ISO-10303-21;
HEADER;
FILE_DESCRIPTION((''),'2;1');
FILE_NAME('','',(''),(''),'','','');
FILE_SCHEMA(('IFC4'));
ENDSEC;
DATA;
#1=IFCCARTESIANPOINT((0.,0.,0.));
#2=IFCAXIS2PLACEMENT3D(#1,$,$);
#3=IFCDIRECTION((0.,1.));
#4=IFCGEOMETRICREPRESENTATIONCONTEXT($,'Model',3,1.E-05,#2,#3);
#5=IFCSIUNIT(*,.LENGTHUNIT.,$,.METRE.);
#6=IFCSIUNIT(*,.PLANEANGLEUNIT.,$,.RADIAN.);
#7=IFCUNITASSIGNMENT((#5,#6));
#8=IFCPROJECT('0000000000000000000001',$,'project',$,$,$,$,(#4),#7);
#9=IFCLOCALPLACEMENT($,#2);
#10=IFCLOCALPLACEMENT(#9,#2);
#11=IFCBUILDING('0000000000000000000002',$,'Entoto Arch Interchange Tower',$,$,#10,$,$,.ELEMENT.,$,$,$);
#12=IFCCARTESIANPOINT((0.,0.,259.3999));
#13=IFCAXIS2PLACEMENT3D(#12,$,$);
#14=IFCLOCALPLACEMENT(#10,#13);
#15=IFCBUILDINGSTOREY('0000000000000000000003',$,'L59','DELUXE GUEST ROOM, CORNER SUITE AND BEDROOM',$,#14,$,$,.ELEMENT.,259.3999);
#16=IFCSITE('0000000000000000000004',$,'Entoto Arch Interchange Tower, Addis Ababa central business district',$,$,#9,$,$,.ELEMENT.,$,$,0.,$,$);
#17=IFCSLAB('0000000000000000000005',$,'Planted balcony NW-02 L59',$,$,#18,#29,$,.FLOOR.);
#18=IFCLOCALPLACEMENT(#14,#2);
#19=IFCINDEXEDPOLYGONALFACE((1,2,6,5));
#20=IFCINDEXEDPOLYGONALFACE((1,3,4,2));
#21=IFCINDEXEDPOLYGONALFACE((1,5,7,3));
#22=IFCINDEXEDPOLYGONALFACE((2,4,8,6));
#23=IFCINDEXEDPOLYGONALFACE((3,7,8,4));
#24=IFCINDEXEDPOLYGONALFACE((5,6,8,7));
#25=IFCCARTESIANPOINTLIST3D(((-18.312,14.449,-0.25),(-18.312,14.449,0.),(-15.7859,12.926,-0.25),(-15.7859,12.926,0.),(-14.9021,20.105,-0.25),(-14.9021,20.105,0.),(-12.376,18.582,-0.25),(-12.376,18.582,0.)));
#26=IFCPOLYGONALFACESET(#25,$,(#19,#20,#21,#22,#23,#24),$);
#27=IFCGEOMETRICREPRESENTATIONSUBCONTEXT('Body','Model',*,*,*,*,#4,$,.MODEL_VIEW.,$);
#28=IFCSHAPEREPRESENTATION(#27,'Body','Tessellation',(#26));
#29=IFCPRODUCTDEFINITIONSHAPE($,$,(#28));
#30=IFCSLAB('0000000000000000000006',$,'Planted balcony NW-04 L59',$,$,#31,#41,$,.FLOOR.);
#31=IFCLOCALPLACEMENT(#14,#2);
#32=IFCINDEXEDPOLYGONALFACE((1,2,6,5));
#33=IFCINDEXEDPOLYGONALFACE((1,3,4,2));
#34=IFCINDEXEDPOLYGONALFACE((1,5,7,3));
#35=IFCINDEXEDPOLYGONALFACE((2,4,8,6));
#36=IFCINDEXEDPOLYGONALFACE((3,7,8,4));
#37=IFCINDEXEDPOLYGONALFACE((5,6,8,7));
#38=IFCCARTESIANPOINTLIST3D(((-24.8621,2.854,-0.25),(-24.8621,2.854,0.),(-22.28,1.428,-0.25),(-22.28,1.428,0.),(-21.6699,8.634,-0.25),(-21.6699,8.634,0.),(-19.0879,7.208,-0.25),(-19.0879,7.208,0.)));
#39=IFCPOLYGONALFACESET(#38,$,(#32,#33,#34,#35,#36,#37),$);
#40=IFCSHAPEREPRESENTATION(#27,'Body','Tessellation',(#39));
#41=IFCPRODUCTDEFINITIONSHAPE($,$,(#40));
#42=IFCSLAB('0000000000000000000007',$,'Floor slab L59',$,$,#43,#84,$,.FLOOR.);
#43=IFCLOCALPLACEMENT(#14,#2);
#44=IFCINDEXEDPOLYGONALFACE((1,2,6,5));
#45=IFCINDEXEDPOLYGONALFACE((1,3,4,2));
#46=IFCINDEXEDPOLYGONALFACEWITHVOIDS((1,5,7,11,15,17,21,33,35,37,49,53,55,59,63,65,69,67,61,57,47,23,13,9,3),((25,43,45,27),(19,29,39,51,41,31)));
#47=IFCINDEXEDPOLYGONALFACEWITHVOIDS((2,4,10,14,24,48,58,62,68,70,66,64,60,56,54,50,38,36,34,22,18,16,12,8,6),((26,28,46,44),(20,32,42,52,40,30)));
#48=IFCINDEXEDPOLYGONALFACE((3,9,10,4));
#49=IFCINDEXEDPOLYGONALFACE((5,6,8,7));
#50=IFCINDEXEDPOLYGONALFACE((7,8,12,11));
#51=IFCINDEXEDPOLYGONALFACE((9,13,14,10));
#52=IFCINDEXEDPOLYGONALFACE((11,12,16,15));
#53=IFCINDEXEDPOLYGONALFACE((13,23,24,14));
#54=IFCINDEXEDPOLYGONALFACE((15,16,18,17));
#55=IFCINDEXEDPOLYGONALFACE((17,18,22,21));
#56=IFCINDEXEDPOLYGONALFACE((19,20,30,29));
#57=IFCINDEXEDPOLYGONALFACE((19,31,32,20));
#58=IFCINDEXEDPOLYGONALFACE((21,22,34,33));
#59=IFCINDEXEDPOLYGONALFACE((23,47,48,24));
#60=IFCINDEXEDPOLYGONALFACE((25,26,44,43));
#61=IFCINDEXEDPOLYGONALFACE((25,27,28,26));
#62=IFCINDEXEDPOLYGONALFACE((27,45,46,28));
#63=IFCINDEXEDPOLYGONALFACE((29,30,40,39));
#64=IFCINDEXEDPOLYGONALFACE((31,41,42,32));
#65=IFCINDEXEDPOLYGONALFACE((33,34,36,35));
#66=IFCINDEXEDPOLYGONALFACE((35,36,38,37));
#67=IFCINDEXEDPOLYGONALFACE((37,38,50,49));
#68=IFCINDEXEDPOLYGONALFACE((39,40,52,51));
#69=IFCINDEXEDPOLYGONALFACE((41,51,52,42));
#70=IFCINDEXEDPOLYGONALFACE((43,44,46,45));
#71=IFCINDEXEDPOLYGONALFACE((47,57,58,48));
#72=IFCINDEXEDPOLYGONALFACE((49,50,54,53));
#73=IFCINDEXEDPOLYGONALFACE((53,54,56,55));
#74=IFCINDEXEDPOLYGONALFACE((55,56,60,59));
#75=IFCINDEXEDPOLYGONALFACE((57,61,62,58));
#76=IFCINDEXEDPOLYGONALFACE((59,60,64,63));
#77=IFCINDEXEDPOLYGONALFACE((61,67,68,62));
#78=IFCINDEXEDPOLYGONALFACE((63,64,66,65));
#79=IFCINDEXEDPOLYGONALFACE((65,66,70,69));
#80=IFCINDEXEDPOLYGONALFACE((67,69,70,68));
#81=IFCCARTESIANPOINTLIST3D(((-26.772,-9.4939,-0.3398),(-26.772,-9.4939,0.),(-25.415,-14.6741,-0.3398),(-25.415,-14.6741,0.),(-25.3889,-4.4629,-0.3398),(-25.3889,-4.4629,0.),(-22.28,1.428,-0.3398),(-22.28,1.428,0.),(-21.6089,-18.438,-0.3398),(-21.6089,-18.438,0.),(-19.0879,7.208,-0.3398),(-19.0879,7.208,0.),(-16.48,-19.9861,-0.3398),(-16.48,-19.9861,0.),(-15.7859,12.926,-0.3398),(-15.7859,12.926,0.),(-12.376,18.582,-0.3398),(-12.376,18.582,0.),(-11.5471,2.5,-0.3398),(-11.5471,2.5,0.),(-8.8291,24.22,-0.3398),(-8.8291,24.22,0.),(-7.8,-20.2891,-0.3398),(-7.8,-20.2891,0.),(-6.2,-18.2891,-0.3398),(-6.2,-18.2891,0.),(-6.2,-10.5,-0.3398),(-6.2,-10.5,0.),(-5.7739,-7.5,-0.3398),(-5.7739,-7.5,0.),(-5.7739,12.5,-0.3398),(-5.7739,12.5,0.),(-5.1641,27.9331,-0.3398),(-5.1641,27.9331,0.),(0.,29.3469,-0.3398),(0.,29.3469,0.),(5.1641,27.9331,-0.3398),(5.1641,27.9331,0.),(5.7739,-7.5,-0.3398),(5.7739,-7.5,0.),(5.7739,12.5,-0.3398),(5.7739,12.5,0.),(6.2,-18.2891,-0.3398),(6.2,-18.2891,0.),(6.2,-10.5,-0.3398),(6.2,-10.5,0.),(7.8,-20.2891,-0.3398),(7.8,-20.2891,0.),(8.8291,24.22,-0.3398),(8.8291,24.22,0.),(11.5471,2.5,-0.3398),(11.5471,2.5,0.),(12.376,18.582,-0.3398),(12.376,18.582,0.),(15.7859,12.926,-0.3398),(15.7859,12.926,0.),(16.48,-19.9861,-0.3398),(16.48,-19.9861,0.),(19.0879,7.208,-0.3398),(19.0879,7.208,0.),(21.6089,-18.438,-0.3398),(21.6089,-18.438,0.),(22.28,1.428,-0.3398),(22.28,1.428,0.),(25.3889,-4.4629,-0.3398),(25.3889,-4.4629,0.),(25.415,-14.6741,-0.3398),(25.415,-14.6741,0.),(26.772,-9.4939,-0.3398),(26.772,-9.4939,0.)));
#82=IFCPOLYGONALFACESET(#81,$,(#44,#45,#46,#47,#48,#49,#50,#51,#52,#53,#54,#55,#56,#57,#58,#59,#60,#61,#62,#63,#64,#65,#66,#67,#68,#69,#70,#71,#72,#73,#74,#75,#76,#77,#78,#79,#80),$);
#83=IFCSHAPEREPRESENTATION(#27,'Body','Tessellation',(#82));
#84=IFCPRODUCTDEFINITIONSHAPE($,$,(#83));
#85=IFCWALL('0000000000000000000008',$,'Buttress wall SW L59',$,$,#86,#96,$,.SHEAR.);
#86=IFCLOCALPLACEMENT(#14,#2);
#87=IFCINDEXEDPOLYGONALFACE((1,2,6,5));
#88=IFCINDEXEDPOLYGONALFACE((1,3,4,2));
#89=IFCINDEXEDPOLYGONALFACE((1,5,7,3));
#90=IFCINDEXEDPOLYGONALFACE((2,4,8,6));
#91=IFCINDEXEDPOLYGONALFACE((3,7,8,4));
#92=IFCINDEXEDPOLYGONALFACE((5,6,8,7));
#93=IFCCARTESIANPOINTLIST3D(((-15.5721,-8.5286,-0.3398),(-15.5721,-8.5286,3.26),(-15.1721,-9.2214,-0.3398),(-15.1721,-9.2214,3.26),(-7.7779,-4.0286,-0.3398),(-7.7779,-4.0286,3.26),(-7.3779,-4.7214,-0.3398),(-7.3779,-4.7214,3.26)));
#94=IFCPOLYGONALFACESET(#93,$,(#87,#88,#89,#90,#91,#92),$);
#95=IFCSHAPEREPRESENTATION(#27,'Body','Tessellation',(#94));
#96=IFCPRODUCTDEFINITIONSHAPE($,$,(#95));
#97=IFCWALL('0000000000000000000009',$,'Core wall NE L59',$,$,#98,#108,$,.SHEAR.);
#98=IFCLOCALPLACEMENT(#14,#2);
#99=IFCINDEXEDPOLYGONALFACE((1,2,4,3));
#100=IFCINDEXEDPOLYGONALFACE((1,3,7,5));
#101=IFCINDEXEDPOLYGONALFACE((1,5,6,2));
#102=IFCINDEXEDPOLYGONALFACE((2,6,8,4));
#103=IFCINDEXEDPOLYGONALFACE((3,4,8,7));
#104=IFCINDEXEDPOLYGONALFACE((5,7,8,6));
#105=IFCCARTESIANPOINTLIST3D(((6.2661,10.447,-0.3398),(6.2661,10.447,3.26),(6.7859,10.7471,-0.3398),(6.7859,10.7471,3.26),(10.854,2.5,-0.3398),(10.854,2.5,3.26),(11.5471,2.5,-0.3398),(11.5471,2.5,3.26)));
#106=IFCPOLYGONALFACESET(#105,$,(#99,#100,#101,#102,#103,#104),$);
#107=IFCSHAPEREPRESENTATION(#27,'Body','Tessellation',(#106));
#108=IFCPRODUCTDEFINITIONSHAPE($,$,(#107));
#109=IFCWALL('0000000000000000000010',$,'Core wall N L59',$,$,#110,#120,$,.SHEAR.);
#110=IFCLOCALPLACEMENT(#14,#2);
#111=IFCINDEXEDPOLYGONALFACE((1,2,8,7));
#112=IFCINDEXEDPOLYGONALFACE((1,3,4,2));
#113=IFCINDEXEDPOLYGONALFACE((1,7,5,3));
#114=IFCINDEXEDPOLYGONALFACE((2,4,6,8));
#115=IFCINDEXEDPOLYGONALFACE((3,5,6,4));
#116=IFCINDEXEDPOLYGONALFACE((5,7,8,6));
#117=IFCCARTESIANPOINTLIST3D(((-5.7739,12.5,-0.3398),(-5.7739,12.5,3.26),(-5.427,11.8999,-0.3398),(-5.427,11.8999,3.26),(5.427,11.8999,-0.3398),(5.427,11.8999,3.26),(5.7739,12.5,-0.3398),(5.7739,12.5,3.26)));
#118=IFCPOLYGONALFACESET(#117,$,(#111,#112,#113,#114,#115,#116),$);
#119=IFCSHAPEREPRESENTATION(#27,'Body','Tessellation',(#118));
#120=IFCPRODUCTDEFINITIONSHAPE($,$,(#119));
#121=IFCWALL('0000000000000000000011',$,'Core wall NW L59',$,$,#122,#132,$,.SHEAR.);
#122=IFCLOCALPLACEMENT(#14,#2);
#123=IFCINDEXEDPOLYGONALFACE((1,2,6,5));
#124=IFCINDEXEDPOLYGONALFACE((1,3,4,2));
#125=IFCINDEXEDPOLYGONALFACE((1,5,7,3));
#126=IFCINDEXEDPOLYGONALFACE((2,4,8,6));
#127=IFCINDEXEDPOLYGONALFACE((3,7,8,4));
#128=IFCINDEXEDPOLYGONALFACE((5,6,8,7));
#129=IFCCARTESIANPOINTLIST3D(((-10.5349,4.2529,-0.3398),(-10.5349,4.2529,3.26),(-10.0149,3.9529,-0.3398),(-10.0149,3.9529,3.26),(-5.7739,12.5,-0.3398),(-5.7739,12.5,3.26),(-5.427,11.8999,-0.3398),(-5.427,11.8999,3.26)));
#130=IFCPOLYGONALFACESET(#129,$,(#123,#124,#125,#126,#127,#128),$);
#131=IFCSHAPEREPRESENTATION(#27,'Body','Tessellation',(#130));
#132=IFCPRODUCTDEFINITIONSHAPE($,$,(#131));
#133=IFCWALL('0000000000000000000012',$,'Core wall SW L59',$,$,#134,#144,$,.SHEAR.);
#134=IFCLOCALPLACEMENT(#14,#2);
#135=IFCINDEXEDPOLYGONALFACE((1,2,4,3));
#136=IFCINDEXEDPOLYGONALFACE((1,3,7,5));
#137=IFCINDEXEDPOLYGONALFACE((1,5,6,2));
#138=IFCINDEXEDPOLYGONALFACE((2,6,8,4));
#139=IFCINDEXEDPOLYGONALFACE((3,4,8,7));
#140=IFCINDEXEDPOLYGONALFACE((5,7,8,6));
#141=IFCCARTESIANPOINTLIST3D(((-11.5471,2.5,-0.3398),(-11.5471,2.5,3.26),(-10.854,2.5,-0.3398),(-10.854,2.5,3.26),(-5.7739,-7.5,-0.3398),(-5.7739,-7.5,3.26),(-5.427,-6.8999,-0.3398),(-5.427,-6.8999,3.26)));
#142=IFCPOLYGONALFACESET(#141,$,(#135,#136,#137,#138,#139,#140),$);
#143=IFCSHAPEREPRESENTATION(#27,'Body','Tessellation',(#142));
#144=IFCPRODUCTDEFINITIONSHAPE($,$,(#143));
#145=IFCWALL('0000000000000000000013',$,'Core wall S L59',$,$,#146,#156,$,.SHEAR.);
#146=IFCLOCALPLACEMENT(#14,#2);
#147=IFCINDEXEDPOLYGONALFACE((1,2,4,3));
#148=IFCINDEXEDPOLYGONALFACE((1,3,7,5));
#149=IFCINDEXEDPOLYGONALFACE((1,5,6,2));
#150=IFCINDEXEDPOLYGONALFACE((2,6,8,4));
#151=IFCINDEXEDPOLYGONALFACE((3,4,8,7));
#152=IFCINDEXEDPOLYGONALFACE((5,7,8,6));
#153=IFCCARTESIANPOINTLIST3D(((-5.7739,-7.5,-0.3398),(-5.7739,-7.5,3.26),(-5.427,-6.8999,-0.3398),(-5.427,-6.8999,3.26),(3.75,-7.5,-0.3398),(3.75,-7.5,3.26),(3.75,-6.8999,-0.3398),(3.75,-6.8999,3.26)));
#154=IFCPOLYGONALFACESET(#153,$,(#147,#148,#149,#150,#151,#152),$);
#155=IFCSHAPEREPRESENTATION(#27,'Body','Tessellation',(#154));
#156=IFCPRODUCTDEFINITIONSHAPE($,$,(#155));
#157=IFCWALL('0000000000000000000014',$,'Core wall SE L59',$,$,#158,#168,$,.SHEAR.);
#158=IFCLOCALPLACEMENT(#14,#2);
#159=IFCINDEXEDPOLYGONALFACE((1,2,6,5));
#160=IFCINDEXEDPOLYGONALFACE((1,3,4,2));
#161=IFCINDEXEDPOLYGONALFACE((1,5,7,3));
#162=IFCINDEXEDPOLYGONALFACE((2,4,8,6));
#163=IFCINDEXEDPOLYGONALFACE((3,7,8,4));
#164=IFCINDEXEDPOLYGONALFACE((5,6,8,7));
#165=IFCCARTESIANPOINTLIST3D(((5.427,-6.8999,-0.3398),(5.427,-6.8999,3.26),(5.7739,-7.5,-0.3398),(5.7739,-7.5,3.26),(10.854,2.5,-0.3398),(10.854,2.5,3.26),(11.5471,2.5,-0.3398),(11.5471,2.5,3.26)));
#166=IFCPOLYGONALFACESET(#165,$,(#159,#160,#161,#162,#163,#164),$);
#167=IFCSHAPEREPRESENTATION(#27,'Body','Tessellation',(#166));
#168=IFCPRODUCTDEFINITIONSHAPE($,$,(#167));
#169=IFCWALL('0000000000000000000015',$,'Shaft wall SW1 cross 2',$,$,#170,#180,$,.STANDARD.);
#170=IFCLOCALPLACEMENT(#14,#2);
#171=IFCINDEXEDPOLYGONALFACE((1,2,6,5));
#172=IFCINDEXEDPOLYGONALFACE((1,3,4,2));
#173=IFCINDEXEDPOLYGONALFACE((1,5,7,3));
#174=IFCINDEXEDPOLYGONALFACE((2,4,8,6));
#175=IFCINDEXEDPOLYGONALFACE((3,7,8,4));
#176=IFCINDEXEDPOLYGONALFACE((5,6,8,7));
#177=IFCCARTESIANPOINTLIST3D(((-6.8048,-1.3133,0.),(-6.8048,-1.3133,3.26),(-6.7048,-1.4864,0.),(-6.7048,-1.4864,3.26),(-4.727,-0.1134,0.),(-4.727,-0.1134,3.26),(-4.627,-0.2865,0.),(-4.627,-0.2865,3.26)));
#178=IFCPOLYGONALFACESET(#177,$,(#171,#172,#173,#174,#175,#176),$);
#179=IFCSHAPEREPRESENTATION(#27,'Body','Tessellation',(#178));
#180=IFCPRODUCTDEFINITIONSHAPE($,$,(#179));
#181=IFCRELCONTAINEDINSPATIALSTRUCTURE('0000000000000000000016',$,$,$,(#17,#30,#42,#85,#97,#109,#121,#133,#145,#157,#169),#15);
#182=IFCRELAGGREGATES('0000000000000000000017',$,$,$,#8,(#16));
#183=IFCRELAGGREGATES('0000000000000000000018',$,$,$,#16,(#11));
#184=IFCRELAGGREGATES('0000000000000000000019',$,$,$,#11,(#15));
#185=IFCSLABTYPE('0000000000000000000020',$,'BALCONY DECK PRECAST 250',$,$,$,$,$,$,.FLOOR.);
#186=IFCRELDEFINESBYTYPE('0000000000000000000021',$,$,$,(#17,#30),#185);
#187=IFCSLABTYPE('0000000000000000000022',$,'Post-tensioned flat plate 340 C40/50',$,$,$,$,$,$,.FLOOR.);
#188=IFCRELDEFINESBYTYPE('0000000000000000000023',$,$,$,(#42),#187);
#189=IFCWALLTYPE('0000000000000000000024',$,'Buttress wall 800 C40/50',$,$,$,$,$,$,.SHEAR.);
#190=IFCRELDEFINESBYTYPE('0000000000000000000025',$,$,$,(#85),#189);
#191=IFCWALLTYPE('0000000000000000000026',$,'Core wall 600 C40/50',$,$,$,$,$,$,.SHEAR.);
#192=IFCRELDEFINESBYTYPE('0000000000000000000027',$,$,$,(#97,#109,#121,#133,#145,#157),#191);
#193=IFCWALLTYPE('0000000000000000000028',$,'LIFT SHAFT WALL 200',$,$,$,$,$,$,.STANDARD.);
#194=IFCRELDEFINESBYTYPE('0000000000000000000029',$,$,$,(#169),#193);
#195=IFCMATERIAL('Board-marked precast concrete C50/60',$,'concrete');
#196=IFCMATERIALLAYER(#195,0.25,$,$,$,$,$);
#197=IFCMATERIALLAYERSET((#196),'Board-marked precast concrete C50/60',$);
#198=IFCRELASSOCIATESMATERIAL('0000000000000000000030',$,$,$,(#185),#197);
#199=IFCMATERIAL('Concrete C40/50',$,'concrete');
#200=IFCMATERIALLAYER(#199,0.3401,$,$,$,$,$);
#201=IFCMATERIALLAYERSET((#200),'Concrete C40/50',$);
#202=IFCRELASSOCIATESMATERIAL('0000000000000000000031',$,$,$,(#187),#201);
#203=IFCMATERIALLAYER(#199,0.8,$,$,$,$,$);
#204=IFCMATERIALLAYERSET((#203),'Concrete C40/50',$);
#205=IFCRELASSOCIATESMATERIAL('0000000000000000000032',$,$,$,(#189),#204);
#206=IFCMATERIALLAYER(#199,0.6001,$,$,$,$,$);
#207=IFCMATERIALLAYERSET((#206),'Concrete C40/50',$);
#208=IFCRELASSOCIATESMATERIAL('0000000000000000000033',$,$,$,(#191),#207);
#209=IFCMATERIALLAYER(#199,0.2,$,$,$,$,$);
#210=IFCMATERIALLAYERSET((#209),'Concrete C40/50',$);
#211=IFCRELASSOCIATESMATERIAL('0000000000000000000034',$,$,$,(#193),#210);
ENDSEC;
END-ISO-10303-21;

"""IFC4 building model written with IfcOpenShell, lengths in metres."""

from ifc_helpers import new_model, si_unit, direction, frame, frame_2d, origin, place, context, subcontext, project, spatial, polyline, rectangle, outline, extrude, material, layer, layer_set, type_object, element, save


model = new_model("IFC4")

# Units and contexts
model_context = context("Model", 3, precision=1e-05, world=origin(), true_north=direction((0.0, 1.0)))
body_context = subcontext(model_context, "Body", "Model", "MODEL_VIEW")
ifc_project = project(units=[si_unit("LENGTHUNIT", "METRE"), si_unit("PLANEANGLEUNIT", "RADIAN")], contexts=[model_context])

# Site, building, storey
site_placement = place(None, origin())
site = spatial("IfcSite", under=ifc_project, at=site_placement, Name="Entoto Arch Interchange Tower, Addis Ababa central business district", CompositionType="ELEMENT", RefElevation=0.0)
building_placement = place(site_placement, origin())
building = spatial("IfcBuilding", under=site, at=building_placement, Name="Entoto Arch Interchange Tower", CompositionType="ELEMENT")
storey_placement = place(building_placement, frame((0.0, 0.0, 259.3999)))
storey = spatial("IfcBuildingStorey", under=building, at=storey_placement, Name="L59", Description="DELUXE GUEST ROOM, CORNER SUITE AND BEDROOM", CompositionType="ELEMENT", Elevation=259.3999)

# Slabs
ifc_material_1 = material(Name="Board-marked precast concrete C50/60", Category="concrete")
ifc_layer_1 = layer(ifc_material_1, 0.25)
ifc_layer_set_1 = layer_set([ifc_layer_1], Name="Board-marked precast concrete C50/60")
slab_type_1 = type_object("IfcSlabType", Name="BALCONY DECK PRECAST 250", PredefinedType="FLOOR", material=ifc_layer_set_1)
slab_1_placement = place(storey_placement, frame((0.0, 0.0, -0.25)))
element("IfcSlab", 1, at=slab_1_placement, inside=storey, type_object=slab_type_1, Name="Planted balcony NW-02 L59", PredefinedType="FLOOR", context=body_context, shape_type="SweptSolid", body=[
    extrude(outline(polyline([(-12.376, 18.582), (-15.7859, 12.926), (-18.312, 14.449), (-14.9021, 20.105), (-12.376, 18.582)])), origin(), (0.0, 0.0, 1.0), 0.25),
])
slab_2_placement = place(storey_placement, frame((0.0, 0.0, -0.25)))
element("IfcSlab", 2, at=slab_2_placement, inside=storey, type_object=slab_type_1, Name="Planted balcony NW-04 L59", PredefinedType="FLOOR", context=body_context, shape_type="SweptSolid", body=[
    extrude(outline(polyline([(-19.0879, 7.208), (-22.28, 1.428), (-24.8621, 2.854), (-21.6699, 8.634), (-19.0879, 7.208)])), origin(), (0.0, 0.0, 1.0), 0.25),
])
ifc_material_2 = material(Name="Concrete C40/50", Category="concrete")
ifc_layer_2 = layer(ifc_material_2, 0.3401)
ifc_layer_set_2 = layer_set([ifc_layer_2], Name="Concrete C40/50")
slab_type_2 = type_object("IfcSlabType", Name="Post-tensioned flat plate 340 C40/50", PredefinedType="FLOOR", material=ifc_layer_set_2)
slab_3_placement = place(storey_placement, frame((0.0, 0.0, -0.3398)))
element("IfcSlab", 3, at=slab_3_placement, inside=storey, type_object=slab_type_2, Name="Floor slab L59", PredefinedType="FLOOR", context=body_context, shape_type="SweptSolid", body=[
    extrude(outline(polyline([(-16.48, -19.9861), (-7.8, -20.2891), (7.8, -20.2891), (16.48, -19.9861), (21.6089, -18.438), (25.415, -14.6741), (26.772, -9.4939), (25.3889, -4.4629), (22.28, 1.428), (19.0879, 7.208), (15.7859, 12.926), (12.376, 18.582), (8.8291, 24.22), (5.1641, 27.9331), (0.0, 29.3469), (-5.1641, 27.9331), (-8.8291, 24.22), (-12.376, 18.582), (-15.7859, 12.926), (-19.0879, 7.208), (-22.28, 1.428), (-25.3889, -4.4629), (-26.772, -9.4939), (-25.415, -14.6741), (-21.6089, -18.438), (-16.48, -19.9861)]), holes=[polyline([(6.2, -18.2891), (6.2, -10.5), (-6.2, -10.5), (-6.2, -18.2891), (6.2, -18.2891)]), polyline([(11.5471, 2.5), (5.7739, 12.5), (-5.7739, 12.5), (-11.5471, 2.5), (-5.7739, -7.5), (5.7739, -7.5), (11.5471, 2.5)])]), origin(), (0.0, 0.0, 1.0), 0.3398),
])

# Walls
ifc_layer_3 = layer(ifc_material_2, 0.8)
ifc_layer_set_3 = layer_set([ifc_layer_3], Name="Concrete C40/50")
wall_type_1 = type_object("IfcWallType", Name="Buttress wall 800 C40/50", PredefinedType="SHEAR", material=ifc_layer_set_3)
wall_1_placement = place(storey_placement, frame((-7.5779, -4.375, -0.3398), z_axis=(0.0, 0.0, 1.0), x_axis=(-0.866024, -0.500002, 0.0)))
element("IfcWall", 4, at=wall_1_placement, inside=storey, type_object=wall_type_1, Name="Buttress wall SW L59", PredefinedType="SHEAR", context=body_context, shape_type="SweptSolid", body=[
    extrude(rectangle(XDim=9.0, YDim=0.8, at=frame_2d((4.5, 0.0))), origin(), (0.0, 0.0, 1.0), 3.5999),
])
ifc_layer_4 = layer(ifc_material_2, 0.6001)
ifc_layer_set_4 = layer_set([ifc_layer_4], Name="Concrete C40/50")
wall_type_2 = type_object("IfcWallType", Name="Core wall 600 C40/50", PredefinedType="SHEAR", material=ifc_layer_set_4)
wall_2_placement = place(storey_placement, frame((0.0, 0.0, -0.3398)))
element("IfcWall", 5, at=wall_2_placement, inside=storey, type_object=wall_type_2, Name="Core wall NE L59", PredefinedType="SHEAR", context=body_context, shape_type="SweptSolid", body=[
    extrude(outline(polyline([(6.7859, 10.7471), (6.2661, 10.447), (10.854, 2.5), (11.5471, 2.5), (6.7859, 10.7471)])), origin(), (0.0, 0.0, 1.0), 3.5999),
])
wall_3_placement = place(storey_placement, frame((0.0, 0.0, -0.3398)))
element("IfcWall", 6, at=wall_3_placement, inside=storey, type_object=wall_type_2, Name="Core wall N L59", PredefinedType="SHEAR", context=body_context, shape_type="SweptSolid", body=[
    extrude(outline(polyline([(5.7739, 12.5), (-5.7739, 12.5), (-5.427, 11.8999), (5.427, 11.8999), (5.7739, 12.5)])), origin(), (0.0, 0.0, 1.0), 3.5999),
])
wall_4_placement = place(storey_placement, frame((0.0, 0.0, -0.3398)))
element("IfcWall", 7, at=wall_4_placement, inside=storey, type_object=wall_type_2, Name="Core wall NW L59", PredefinedType="SHEAR", context=body_context, shape_type="SweptSolid", body=[
    extrude(outline(polyline([(-10.5349, 4.2529), (-10.0149, 3.9529), (-5.427, 11.8999), (-5.7739, 12.5), (-10.5349, 4.2529)])), origin(), (0.0, 0.0, 1.0), 3.5999),
])
wall_5_placement = place(storey_placement, frame((0.0, 0.0, -0.3398)))
element("IfcWall", 8, at=wall_5_placement, inside=storey, type_object=wall_type_2, Name="Core wall SW L59", PredefinedType="SHEAR", context=body_context, shape_type="SweptSolid", body=[
    extrude(outline(polyline([(-11.5471, 2.5), (-5.7739, -7.5), (-5.427, -6.8999), (-10.854, 2.5), (-11.5471, 2.5)])), origin(), (0.0, 0.0, 1.0), 3.5999),
])
wall_6_placement = place(storey_placement, frame((0.0, 0.0, -0.3398)))
element("IfcWall", 9, at=wall_6_placement, inside=storey, type_object=wall_type_2, Name="Core wall S L59", PredefinedType="SHEAR", context=body_context, shape_type="SweptSolid", body=[
    extrude(outline(polyline([(3.75, -7.5), (3.75, -6.8999), (-5.427, -6.8999), (-5.7739, -7.5), (3.75, -7.5)])), origin(), (0.0, 0.0, 1.0), 3.5999),
])
wall_7_placement = place(storey_placement, frame((0.0, 0.0, -0.3398)))
element("IfcWall", 10, at=wall_7_placement, inside=storey, type_object=wall_type_2, Name="Core wall SE L59", PredefinedType="SHEAR", context=body_context, shape_type="SweptSolid", body=[
    extrude(outline(polyline([(5.7739, -7.5), (11.5471, 2.5), (10.854, 2.5), (5.427, -6.8999), (5.7739, -7.5)])), origin(), (0.0, 0.0, 1.0), 3.5999),
])
ifc_layer_5 = layer(ifc_material_2, 0.2)
ifc_layer_set_5 = layer_set([ifc_layer_5], Name="Concrete C40/50")
wall_type_3 = type_object("IfcWallType", Name="LIFT SHAFT WALL 200", PredefinedType="STANDARD", material=ifc_layer_set_5)
wall_8_placement = place(storey_placement, frame((-4.677, -0.2, 0.0), z_axis=(0.0, 0.0, 1.0), x_axis=(-0.865974, -0.500089, 0.0)))
element("IfcWall", 11, at=wall_8_placement, inside=storey, type_object=wall_type_3, Name="Shaft wall SW1 cross 2", PredefinedType="STANDARD", context=body_context, shape_type="SweptSolid", body=[
    extrude(rectangle(XDim=2.3994, YDim=0.2, at=frame_2d((1.1997, 0.0))), origin(), (0.0, 0.0, 1.0), 3.26),
])

save(model, "model.ifc")
